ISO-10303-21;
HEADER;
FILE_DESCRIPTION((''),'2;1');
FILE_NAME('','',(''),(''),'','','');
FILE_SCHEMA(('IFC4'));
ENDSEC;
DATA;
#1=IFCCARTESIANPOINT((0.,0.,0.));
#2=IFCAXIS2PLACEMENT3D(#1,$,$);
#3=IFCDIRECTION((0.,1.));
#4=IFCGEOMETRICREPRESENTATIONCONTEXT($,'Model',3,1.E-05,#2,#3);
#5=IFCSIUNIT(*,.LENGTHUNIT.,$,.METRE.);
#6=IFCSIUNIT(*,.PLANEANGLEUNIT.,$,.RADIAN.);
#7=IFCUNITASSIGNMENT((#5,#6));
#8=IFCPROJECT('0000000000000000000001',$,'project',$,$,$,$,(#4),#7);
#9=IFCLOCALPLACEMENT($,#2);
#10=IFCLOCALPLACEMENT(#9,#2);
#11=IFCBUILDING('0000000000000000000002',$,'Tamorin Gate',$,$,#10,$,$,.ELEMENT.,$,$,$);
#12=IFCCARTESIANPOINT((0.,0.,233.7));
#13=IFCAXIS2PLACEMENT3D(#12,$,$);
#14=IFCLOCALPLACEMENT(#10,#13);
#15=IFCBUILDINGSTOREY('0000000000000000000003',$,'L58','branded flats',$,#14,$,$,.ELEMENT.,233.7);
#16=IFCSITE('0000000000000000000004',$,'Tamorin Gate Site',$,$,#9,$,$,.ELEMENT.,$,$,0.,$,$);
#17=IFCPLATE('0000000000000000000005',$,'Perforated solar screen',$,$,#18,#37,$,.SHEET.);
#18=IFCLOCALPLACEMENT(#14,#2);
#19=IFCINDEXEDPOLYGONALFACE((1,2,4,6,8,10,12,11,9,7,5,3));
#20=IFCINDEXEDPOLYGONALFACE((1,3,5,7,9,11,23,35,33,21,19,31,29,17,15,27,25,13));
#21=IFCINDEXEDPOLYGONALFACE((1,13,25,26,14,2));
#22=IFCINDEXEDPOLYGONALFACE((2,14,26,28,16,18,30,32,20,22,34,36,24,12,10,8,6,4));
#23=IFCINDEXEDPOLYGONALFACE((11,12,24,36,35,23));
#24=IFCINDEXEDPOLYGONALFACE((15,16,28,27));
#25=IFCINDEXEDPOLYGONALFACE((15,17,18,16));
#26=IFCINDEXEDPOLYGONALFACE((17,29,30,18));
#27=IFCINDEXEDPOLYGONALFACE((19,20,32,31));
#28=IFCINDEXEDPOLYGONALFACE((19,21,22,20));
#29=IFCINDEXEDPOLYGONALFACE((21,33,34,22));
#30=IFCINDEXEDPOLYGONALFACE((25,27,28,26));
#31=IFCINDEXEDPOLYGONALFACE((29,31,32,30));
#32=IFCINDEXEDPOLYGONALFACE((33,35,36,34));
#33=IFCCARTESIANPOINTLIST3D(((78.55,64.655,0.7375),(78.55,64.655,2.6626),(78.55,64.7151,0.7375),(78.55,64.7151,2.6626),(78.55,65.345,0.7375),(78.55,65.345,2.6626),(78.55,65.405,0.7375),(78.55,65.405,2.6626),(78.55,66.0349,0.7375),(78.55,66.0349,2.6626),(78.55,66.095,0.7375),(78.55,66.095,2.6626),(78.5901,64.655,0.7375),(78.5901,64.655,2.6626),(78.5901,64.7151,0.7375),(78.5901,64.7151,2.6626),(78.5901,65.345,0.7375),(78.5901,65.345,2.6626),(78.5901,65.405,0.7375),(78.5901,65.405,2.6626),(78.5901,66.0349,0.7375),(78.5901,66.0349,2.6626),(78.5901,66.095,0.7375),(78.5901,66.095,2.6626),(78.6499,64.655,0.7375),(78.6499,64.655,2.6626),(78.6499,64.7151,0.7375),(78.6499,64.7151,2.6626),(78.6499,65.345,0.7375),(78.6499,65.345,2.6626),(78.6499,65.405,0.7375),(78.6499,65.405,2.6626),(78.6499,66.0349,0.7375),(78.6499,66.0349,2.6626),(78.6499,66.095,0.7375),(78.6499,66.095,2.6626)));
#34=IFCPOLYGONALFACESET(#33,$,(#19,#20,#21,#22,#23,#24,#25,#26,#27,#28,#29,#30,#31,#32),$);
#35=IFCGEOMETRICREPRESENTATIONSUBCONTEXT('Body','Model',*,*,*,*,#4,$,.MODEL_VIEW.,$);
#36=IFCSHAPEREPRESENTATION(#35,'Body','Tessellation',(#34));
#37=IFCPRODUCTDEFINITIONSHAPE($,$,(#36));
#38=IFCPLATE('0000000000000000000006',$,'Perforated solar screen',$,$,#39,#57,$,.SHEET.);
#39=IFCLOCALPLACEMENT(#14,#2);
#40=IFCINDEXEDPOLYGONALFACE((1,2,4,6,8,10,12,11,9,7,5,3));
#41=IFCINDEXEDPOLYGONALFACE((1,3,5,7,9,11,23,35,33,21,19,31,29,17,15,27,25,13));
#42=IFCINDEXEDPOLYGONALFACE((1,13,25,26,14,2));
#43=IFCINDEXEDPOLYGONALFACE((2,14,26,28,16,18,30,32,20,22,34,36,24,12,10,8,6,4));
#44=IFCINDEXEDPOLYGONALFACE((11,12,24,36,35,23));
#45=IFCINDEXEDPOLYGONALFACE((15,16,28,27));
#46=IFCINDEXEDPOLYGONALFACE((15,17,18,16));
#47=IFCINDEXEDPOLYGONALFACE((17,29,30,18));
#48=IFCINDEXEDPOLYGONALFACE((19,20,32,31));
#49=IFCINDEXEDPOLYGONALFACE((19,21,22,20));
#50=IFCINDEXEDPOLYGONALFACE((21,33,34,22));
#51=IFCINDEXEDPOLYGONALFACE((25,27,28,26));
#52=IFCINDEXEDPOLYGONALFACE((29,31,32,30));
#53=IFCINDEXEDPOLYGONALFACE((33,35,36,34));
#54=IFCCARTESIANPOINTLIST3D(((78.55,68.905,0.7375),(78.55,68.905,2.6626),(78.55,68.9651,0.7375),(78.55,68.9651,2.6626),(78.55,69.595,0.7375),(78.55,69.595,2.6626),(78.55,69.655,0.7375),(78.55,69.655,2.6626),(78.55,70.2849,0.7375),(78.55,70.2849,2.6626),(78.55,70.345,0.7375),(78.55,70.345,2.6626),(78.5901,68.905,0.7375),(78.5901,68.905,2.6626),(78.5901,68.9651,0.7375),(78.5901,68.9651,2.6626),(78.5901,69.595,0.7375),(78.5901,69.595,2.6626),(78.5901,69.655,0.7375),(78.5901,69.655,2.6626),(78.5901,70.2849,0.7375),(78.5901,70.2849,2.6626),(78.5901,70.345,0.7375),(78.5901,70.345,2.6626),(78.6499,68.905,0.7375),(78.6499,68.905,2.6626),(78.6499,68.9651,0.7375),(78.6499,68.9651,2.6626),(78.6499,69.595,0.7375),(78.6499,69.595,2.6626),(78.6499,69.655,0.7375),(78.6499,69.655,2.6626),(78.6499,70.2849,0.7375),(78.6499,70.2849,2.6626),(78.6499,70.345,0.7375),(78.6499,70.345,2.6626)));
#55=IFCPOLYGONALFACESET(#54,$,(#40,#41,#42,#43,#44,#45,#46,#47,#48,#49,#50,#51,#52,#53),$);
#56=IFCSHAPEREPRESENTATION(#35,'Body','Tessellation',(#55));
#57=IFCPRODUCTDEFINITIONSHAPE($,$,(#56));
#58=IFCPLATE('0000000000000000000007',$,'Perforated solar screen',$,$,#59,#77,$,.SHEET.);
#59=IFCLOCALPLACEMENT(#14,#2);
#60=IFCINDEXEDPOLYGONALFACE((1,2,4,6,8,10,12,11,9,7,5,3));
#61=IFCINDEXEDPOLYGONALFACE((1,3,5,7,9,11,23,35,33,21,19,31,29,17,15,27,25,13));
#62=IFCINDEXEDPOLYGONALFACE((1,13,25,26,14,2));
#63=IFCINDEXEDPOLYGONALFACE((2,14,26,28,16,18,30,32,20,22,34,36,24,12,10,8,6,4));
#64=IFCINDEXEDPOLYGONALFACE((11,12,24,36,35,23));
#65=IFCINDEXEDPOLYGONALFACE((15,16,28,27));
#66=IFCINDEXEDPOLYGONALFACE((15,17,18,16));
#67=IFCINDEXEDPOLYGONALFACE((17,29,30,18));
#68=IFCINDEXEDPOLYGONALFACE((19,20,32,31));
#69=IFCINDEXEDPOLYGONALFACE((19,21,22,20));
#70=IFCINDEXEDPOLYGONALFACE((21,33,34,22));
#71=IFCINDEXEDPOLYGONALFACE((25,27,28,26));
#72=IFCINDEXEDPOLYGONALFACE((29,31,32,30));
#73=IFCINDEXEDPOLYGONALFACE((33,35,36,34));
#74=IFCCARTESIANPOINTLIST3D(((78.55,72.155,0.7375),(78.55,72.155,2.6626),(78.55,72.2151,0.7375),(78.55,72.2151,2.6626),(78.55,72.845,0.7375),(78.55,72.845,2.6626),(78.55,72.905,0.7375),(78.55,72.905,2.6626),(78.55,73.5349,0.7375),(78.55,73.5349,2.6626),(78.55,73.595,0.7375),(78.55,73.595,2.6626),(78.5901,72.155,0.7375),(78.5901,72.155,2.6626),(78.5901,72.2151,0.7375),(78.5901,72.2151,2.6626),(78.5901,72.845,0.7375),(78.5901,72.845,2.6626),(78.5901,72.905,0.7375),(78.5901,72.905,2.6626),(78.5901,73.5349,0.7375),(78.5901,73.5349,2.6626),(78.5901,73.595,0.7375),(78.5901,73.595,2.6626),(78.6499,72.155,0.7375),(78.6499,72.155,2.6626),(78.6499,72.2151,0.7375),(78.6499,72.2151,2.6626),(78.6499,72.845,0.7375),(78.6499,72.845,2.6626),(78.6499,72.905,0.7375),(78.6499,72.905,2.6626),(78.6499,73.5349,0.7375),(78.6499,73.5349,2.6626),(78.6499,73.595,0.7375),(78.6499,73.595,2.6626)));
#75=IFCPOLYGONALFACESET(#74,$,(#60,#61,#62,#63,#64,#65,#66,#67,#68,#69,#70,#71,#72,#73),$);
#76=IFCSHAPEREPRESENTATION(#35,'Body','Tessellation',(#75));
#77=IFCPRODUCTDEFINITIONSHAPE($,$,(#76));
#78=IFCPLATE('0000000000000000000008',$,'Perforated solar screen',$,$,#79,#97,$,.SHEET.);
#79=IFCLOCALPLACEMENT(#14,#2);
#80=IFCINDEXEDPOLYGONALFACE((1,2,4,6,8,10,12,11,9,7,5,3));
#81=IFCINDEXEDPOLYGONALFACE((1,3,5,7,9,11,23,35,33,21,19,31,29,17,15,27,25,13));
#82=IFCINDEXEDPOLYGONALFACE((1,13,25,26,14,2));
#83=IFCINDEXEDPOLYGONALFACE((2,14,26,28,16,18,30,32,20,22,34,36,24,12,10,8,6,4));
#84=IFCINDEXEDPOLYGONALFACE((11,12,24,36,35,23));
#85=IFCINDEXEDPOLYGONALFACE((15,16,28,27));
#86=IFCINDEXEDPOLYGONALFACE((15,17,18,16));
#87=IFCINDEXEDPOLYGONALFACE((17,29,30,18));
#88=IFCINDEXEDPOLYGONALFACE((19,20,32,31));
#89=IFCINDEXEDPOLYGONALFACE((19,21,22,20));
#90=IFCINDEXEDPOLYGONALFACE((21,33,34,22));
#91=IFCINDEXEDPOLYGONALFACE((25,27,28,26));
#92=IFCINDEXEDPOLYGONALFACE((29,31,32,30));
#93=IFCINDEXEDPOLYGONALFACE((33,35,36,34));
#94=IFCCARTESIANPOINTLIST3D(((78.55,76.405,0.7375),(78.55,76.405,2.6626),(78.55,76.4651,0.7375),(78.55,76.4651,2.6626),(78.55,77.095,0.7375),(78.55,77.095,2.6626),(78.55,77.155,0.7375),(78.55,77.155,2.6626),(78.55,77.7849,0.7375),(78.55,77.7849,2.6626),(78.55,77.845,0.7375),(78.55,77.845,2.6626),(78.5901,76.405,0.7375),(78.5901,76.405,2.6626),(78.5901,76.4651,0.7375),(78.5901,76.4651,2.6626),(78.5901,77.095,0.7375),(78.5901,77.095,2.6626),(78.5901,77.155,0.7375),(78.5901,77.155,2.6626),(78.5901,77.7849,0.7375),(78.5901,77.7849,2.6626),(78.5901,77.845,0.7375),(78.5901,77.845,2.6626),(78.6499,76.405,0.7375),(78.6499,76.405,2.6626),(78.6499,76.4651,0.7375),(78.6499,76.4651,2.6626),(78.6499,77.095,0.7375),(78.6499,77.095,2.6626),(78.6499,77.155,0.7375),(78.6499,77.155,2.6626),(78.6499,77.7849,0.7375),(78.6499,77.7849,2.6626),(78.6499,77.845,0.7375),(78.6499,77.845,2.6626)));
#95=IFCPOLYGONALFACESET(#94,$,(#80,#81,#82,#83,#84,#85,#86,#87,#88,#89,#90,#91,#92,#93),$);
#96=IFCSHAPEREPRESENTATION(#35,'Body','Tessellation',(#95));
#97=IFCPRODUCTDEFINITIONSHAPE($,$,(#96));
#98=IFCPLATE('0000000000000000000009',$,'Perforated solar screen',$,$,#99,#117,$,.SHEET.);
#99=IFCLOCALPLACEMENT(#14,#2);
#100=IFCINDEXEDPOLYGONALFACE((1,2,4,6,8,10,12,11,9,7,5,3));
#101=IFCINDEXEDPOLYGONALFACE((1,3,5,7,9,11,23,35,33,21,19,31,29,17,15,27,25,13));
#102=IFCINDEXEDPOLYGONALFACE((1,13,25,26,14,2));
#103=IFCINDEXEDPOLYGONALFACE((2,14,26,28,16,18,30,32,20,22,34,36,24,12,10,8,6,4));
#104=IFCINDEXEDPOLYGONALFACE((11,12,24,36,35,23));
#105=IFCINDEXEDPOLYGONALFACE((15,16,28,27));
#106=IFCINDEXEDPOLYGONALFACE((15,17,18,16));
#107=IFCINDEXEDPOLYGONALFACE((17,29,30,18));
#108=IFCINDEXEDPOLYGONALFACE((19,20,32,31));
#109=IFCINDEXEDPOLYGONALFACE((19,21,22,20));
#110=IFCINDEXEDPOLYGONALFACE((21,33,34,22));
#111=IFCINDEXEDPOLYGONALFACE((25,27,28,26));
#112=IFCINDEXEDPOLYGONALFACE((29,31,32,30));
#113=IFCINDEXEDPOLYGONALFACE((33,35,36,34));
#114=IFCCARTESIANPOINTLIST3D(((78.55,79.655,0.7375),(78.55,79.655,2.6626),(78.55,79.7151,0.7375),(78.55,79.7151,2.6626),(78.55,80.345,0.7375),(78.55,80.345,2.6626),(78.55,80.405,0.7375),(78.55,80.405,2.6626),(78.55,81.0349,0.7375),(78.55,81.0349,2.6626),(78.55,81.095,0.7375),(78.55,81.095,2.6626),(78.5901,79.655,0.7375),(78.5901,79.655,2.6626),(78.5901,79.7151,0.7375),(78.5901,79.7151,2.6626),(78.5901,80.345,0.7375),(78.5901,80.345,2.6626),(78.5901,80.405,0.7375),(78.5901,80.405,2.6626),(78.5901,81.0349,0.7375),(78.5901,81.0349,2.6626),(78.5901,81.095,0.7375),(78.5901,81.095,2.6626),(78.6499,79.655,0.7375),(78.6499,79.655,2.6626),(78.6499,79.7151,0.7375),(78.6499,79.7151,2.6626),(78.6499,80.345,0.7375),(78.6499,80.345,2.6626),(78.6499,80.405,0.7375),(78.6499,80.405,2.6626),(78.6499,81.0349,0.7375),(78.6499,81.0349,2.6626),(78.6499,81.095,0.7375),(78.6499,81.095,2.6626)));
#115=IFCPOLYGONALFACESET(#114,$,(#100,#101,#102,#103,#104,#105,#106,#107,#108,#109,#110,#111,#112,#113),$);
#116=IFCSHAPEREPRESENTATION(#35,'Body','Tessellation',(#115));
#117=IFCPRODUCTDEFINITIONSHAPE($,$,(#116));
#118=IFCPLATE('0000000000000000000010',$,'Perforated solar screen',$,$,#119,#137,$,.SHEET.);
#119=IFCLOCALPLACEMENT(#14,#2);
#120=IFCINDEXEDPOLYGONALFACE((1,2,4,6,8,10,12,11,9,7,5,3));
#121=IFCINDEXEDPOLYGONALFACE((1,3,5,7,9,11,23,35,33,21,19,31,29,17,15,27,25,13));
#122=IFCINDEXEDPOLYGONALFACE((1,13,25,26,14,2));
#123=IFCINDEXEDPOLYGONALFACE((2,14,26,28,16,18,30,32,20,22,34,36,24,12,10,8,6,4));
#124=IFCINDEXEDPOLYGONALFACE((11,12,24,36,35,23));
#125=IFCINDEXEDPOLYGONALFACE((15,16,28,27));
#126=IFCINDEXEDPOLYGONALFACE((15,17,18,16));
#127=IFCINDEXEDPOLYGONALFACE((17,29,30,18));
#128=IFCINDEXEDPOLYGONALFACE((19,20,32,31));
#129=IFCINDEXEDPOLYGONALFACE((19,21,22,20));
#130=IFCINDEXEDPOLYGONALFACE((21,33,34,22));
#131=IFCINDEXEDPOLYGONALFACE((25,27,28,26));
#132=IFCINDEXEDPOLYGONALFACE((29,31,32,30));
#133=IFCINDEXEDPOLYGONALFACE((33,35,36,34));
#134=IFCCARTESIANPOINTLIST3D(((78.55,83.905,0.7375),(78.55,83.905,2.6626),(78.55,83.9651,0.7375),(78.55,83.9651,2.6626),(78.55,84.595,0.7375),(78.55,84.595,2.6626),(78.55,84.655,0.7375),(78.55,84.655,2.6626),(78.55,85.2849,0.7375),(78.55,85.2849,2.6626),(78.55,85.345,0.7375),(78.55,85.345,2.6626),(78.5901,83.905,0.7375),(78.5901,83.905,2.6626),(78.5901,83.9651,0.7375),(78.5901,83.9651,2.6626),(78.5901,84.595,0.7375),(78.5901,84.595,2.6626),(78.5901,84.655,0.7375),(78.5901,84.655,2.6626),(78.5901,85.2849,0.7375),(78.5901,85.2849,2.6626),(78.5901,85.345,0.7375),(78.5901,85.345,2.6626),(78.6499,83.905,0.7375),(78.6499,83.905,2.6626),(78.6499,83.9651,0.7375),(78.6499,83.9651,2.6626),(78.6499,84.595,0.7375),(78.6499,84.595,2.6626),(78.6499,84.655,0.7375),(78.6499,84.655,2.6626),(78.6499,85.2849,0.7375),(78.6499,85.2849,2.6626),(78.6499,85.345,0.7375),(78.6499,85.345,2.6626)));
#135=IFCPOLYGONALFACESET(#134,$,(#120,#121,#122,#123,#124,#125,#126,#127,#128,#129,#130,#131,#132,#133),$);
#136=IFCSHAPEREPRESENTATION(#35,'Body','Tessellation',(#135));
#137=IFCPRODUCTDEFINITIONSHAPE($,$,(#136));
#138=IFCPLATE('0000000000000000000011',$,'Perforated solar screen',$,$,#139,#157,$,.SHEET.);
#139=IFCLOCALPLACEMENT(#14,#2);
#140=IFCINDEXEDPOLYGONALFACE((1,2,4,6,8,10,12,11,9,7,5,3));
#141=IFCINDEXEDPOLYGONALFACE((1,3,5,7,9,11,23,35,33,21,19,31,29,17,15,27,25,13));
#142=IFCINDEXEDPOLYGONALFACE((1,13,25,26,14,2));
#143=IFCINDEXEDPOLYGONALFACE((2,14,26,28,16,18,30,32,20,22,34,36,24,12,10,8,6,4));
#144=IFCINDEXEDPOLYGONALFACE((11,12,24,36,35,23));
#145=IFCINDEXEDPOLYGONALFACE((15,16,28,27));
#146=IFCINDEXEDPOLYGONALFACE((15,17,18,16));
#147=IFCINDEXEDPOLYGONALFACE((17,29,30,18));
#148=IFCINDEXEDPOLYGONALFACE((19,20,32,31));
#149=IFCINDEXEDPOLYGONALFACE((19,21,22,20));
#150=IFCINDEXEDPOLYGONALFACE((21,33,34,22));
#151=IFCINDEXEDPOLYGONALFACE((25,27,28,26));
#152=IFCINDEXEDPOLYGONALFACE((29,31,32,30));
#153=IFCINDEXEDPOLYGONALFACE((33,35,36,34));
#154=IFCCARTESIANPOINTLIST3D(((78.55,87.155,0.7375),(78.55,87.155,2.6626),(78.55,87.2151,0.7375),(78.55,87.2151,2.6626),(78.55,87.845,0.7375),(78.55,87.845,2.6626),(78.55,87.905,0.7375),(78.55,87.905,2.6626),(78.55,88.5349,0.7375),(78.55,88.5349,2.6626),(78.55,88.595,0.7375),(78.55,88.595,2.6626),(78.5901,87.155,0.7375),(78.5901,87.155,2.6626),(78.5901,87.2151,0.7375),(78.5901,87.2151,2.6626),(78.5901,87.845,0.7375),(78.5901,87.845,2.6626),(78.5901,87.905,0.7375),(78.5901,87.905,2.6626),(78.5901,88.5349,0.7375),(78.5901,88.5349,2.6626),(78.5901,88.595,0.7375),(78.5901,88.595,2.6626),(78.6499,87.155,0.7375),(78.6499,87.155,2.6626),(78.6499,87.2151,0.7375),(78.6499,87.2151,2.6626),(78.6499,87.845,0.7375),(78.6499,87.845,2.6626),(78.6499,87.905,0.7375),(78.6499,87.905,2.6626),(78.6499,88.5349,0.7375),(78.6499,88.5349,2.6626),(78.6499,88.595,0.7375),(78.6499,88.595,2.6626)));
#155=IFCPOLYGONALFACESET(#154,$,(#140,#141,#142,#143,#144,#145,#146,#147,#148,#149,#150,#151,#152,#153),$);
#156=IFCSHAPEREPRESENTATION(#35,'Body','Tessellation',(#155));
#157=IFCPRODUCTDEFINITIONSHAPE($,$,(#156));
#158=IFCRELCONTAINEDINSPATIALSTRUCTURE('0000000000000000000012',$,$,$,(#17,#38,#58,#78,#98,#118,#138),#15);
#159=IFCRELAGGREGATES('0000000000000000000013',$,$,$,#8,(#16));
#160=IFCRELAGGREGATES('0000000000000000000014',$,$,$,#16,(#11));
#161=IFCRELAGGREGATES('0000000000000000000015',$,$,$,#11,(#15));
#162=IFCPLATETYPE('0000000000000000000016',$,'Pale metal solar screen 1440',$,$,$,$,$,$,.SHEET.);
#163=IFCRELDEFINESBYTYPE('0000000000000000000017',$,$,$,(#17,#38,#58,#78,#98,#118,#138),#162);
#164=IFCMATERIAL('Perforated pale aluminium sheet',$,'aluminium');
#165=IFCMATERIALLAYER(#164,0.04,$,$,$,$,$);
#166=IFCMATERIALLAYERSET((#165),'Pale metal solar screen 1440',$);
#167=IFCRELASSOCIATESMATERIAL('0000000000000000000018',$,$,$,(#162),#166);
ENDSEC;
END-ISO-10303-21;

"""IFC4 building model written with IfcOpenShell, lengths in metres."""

from ifc_helpers import new_model, si_unit, direction, frame, origin, place, context, subcontext, project, spatial, polyline, outline, extrude, material, layer, layer_set, type_object, element, save


model = new_model("IFC4")

# Units and contexts
model_context = context("Model", 3, precision=1e-05, world=origin(), true_north=direction((0.0, 1.0)))
body_context = subcontext(model_context, "Body", "Model", "MODEL_VIEW")
ifc_project = project(units=[si_unit("LENGTHUNIT", "METRE"), si_unit("PLANEANGLEUNIT", "RADIAN")], contexts=[model_context])

# Site, building, storey
site_placement = place(None, origin())
site = spatial("IfcSite", under=ifc_project, at=site_placement, Name="Tamorin Gate Site", CompositionType="ELEMENT", RefElevation=0.0)
building_placement = place(site_placement, origin())
building = spatial("IfcBuilding", under=site, at=building_placement, Name="Tamorin Gate", CompositionType="ELEMENT")
storey_placement = place(building_placement, frame((0.0, 0.0, 233.7)))
storey = spatial("IfcBuildingStorey", under=building, at=storey_placement, Name="L58", Description="branded flats", CompositionType="ELEMENT", Elevation=233.7)

# Plates
ifc_material_1 = material(Name="Perforated pale aluminium sheet", Category="aluminium")
ifc_layer_1 = layer(ifc_material_1, 0.04)
ifc_layer_set_1 = layer_set([ifc_layer_1], Name="Pale metal solar screen 1440")
plate_type = type_object("IfcPlateType", Name="Pale metal solar screen 1440", PredefinedType="SHEET", material=ifc_layer_set_1)
plate_1_placement = place(storey_placement, frame((0.0, 0.0, 0.7375)))
element("IfcPlate", 1, at=plate_1_placement, inside=storey, type_object=plate_type, Name="Perforated solar screen", PredefinedType="SHEET", context=body_context, shape_type="SweptSolid", body=[
    extrude(outline(polyline([(78.5901, 64.655), (78.55, 64.655), (78.55, 64.7151), (78.55, 65.345), (78.55, 65.405), (78.55, 66.0349), (78.55, 66.095), (78.5901, 66.095), (78.6499, 66.095), (78.6499, 66.0349), (78.5901, 66.0349), (78.5901, 65.405), (78.6499, 65.405), (78.6499, 65.345), (78.5901, 65.345), (78.5901, 64.7151), (78.6499, 64.7151), (78.6499, 64.655), (78.5901, 64.655)])), origin(), (0.0, 0.0, 1.0), 1.925),
])
plate_2_placement = place(storey_placement, frame((0.0, 0.0, 0.7375)))
element("IfcPlate", 2, at=plate_2_placement, inside=storey, type_object=plate_type, Name="Perforated solar screen", PredefinedType="SHEET", context=body_context, shape_type="SweptSolid", body=[
    extrude(outline(polyline([(78.5901, 68.905), (78.55, 68.905), (78.55, 68.9651), (78.55, 69.595), (78.55, 69.655), (78.55, 70.2849), (78.55, 70.345), (78.5901, 70.345), (78.6499, 70.345), (78.6499, 70.2849), (78.5901, 70.2849), (78.5901, 69.655), (78.6499, 69.655), (78.6499, 69.595), (78.5901, 69.595), (78.5901, 68.9651), (78.6499, 68.9651), (78.6499, 68.905), (78.5901, 68.905)])), origin(), (0.0, 0.0, 1.0), 1.925),
])
plate_3_placement = place(storey_placement, frame((0.0, 0.0, 0.7375)))
element("IfcPlate", 3, at=plate_3_placement, inside=storey, type_object=plate_type, Name="Perforated solar screen", PredefinedType="SHEET", context=body_context, shape_type="SweptSolid", body=[
    extrude(outline(polyline([(78.5901, 72.155), (78.55, 72.155), (78.55, 72.2151), (78.55, 72.845), (78.55, 72.905), (78.55, 73.5349), (78.55, 73.595), (78.5901, 73.595), (78.6499, 73.595), (78.6499, 73.5349), (78.5901, 73.5349), (78.5901, 72.905), (78.6499, 72.905), (78.6499, 72.845), (78.5901, 72.845), (78.5901, 72.2151), (78.6499, 72.2151), (78.6499, 72.155), (78.5901, 72.155)])), origin(), (0.0, 0.0, 1.0), 1.925),
])
plate_4_placement = place(storey_placement, frame((0.0, 0.0, 0.7375)))
element("IfcPlate", 4, at=plate_4_placement, inside=storey, type_object=plate_type, Name="Perforated solar screen", PredefinedType="SHEET", context=body_context, shape_type="SweptSolid", body=[
    extrude(outline(polyline([(78.5901, 76.405), (78.55, 76.405), (78.55, 76.4651), (78.55, 77.095), (78.55, 77.155), (78.55, 77.7849), (78.55, 77.845), (78.5901, 77.845), (78.6499, 77.845), (78.6499, 77.7849), (78.5901, 77.7849), (78.5901, 77.155), (78.6499, 77.155), (78.6499, 77.095), (78.5901, 77.095), (78.5901, 76.4651), (78.6499, 76.4651), (78.6499, 76.405), (78.5901, 76.405)])), origin(), (0.0, 0.0, 1.0), 1.925),
])
plate_5_placement = place(storey_placement, frame((0.0, 0.0, 0.7375)))
element("IfcPlate", 5, at=plate_5_placement, inside=storey, type_object=plate_type, Name="Perforated solar screen", PredefinedType="SHEET", context=body_context, shape_type="SweptSolid", body=[
    extrude(outline(polyline([(78.5901, 79.655), (78.55, 79.655), (78.55, 79.7151), (78.55, 80.345), (78.55, 80.405), (78.55, 81.0349), (78.55, 81.095), (78.5901, 81.095), (78.6499, 81.095), (78.6499, 81.0349), (78.5901, 81.0349), (78.5901, 80.405), (78.6499, 80.405), (78.6499, 80.345), (78.5901, 80.345), (78.5901, 79.7151), (78.6499, 79.7151), (78.6499, 79.655), (78.5901, 79.655)])), origin(), (0.0, 0.0, 1.0), 1.925),
])
plate_6_placement = place(storey_placement, frame((0.0, 0.0, 0.7375)))
element("IfcPlate", 6, at=plate_6_placement, inside=storey, type_object=plate_type, Name="Perforated solar screen", PredefinedType="SHEET", context=body_context, shape_type="SweptSolid", body=[
    extrude(outline(polyline([(78.5901, 83.905), (78.55, 83.905), (78.55, 83.9651), (78.55, 84.595), (78.55, 84.655), (78.55, 85.2849), (78.55, 85.345), (78.5901, 85.345), (78.6499, 85.345), (78.6499, 85.2849), (78.5901, 85.2849), (78.5901, 84.655), (78.6499, 84.655), (78.6499, 84.595), (78.5901, 84.595), (78.5901, 83.9651), (78.6499, 83.9651), (78.6499, 83.905), (78.5901, 83.905)])), origin(), (0.0, 0.0, 1.0), 1.925),
])
plate_7_placement = place(storey_placement, frame((0.0, 0.0, 0.7375)))
element("IfcPlate", 7, at=plate_7_placement, inside=storey, type_object=plate_type, Name="Perforated solar screen", PredefinedType="SHEET", context=body_context, shape_type="SweptSolid", body=[
    extrude(outline(polyline([(78.5901, 87.155), (78.55, 87.155), (78.55, 87.2151), (78.55, 87.845), (78.55, 87.905), (78.55, 88.5349), (78.55, 88.595), (78.5901, 88.595), (78.6499, 88.595), (78.6499, 88.5349), (78.5901, 88.5349), (78.5901, 87.905), (78.6499, 87.905), (78.6499, 87.845), (78.5901, 87.845), (78.5901, 87.2151), (78.6499, 87.2151), (78.6499, 87.155), (78.5901, 87.155)])), origin(), (0.0, 0.0, 1.0), 1.925),
])

save(model, "model.ifc")
